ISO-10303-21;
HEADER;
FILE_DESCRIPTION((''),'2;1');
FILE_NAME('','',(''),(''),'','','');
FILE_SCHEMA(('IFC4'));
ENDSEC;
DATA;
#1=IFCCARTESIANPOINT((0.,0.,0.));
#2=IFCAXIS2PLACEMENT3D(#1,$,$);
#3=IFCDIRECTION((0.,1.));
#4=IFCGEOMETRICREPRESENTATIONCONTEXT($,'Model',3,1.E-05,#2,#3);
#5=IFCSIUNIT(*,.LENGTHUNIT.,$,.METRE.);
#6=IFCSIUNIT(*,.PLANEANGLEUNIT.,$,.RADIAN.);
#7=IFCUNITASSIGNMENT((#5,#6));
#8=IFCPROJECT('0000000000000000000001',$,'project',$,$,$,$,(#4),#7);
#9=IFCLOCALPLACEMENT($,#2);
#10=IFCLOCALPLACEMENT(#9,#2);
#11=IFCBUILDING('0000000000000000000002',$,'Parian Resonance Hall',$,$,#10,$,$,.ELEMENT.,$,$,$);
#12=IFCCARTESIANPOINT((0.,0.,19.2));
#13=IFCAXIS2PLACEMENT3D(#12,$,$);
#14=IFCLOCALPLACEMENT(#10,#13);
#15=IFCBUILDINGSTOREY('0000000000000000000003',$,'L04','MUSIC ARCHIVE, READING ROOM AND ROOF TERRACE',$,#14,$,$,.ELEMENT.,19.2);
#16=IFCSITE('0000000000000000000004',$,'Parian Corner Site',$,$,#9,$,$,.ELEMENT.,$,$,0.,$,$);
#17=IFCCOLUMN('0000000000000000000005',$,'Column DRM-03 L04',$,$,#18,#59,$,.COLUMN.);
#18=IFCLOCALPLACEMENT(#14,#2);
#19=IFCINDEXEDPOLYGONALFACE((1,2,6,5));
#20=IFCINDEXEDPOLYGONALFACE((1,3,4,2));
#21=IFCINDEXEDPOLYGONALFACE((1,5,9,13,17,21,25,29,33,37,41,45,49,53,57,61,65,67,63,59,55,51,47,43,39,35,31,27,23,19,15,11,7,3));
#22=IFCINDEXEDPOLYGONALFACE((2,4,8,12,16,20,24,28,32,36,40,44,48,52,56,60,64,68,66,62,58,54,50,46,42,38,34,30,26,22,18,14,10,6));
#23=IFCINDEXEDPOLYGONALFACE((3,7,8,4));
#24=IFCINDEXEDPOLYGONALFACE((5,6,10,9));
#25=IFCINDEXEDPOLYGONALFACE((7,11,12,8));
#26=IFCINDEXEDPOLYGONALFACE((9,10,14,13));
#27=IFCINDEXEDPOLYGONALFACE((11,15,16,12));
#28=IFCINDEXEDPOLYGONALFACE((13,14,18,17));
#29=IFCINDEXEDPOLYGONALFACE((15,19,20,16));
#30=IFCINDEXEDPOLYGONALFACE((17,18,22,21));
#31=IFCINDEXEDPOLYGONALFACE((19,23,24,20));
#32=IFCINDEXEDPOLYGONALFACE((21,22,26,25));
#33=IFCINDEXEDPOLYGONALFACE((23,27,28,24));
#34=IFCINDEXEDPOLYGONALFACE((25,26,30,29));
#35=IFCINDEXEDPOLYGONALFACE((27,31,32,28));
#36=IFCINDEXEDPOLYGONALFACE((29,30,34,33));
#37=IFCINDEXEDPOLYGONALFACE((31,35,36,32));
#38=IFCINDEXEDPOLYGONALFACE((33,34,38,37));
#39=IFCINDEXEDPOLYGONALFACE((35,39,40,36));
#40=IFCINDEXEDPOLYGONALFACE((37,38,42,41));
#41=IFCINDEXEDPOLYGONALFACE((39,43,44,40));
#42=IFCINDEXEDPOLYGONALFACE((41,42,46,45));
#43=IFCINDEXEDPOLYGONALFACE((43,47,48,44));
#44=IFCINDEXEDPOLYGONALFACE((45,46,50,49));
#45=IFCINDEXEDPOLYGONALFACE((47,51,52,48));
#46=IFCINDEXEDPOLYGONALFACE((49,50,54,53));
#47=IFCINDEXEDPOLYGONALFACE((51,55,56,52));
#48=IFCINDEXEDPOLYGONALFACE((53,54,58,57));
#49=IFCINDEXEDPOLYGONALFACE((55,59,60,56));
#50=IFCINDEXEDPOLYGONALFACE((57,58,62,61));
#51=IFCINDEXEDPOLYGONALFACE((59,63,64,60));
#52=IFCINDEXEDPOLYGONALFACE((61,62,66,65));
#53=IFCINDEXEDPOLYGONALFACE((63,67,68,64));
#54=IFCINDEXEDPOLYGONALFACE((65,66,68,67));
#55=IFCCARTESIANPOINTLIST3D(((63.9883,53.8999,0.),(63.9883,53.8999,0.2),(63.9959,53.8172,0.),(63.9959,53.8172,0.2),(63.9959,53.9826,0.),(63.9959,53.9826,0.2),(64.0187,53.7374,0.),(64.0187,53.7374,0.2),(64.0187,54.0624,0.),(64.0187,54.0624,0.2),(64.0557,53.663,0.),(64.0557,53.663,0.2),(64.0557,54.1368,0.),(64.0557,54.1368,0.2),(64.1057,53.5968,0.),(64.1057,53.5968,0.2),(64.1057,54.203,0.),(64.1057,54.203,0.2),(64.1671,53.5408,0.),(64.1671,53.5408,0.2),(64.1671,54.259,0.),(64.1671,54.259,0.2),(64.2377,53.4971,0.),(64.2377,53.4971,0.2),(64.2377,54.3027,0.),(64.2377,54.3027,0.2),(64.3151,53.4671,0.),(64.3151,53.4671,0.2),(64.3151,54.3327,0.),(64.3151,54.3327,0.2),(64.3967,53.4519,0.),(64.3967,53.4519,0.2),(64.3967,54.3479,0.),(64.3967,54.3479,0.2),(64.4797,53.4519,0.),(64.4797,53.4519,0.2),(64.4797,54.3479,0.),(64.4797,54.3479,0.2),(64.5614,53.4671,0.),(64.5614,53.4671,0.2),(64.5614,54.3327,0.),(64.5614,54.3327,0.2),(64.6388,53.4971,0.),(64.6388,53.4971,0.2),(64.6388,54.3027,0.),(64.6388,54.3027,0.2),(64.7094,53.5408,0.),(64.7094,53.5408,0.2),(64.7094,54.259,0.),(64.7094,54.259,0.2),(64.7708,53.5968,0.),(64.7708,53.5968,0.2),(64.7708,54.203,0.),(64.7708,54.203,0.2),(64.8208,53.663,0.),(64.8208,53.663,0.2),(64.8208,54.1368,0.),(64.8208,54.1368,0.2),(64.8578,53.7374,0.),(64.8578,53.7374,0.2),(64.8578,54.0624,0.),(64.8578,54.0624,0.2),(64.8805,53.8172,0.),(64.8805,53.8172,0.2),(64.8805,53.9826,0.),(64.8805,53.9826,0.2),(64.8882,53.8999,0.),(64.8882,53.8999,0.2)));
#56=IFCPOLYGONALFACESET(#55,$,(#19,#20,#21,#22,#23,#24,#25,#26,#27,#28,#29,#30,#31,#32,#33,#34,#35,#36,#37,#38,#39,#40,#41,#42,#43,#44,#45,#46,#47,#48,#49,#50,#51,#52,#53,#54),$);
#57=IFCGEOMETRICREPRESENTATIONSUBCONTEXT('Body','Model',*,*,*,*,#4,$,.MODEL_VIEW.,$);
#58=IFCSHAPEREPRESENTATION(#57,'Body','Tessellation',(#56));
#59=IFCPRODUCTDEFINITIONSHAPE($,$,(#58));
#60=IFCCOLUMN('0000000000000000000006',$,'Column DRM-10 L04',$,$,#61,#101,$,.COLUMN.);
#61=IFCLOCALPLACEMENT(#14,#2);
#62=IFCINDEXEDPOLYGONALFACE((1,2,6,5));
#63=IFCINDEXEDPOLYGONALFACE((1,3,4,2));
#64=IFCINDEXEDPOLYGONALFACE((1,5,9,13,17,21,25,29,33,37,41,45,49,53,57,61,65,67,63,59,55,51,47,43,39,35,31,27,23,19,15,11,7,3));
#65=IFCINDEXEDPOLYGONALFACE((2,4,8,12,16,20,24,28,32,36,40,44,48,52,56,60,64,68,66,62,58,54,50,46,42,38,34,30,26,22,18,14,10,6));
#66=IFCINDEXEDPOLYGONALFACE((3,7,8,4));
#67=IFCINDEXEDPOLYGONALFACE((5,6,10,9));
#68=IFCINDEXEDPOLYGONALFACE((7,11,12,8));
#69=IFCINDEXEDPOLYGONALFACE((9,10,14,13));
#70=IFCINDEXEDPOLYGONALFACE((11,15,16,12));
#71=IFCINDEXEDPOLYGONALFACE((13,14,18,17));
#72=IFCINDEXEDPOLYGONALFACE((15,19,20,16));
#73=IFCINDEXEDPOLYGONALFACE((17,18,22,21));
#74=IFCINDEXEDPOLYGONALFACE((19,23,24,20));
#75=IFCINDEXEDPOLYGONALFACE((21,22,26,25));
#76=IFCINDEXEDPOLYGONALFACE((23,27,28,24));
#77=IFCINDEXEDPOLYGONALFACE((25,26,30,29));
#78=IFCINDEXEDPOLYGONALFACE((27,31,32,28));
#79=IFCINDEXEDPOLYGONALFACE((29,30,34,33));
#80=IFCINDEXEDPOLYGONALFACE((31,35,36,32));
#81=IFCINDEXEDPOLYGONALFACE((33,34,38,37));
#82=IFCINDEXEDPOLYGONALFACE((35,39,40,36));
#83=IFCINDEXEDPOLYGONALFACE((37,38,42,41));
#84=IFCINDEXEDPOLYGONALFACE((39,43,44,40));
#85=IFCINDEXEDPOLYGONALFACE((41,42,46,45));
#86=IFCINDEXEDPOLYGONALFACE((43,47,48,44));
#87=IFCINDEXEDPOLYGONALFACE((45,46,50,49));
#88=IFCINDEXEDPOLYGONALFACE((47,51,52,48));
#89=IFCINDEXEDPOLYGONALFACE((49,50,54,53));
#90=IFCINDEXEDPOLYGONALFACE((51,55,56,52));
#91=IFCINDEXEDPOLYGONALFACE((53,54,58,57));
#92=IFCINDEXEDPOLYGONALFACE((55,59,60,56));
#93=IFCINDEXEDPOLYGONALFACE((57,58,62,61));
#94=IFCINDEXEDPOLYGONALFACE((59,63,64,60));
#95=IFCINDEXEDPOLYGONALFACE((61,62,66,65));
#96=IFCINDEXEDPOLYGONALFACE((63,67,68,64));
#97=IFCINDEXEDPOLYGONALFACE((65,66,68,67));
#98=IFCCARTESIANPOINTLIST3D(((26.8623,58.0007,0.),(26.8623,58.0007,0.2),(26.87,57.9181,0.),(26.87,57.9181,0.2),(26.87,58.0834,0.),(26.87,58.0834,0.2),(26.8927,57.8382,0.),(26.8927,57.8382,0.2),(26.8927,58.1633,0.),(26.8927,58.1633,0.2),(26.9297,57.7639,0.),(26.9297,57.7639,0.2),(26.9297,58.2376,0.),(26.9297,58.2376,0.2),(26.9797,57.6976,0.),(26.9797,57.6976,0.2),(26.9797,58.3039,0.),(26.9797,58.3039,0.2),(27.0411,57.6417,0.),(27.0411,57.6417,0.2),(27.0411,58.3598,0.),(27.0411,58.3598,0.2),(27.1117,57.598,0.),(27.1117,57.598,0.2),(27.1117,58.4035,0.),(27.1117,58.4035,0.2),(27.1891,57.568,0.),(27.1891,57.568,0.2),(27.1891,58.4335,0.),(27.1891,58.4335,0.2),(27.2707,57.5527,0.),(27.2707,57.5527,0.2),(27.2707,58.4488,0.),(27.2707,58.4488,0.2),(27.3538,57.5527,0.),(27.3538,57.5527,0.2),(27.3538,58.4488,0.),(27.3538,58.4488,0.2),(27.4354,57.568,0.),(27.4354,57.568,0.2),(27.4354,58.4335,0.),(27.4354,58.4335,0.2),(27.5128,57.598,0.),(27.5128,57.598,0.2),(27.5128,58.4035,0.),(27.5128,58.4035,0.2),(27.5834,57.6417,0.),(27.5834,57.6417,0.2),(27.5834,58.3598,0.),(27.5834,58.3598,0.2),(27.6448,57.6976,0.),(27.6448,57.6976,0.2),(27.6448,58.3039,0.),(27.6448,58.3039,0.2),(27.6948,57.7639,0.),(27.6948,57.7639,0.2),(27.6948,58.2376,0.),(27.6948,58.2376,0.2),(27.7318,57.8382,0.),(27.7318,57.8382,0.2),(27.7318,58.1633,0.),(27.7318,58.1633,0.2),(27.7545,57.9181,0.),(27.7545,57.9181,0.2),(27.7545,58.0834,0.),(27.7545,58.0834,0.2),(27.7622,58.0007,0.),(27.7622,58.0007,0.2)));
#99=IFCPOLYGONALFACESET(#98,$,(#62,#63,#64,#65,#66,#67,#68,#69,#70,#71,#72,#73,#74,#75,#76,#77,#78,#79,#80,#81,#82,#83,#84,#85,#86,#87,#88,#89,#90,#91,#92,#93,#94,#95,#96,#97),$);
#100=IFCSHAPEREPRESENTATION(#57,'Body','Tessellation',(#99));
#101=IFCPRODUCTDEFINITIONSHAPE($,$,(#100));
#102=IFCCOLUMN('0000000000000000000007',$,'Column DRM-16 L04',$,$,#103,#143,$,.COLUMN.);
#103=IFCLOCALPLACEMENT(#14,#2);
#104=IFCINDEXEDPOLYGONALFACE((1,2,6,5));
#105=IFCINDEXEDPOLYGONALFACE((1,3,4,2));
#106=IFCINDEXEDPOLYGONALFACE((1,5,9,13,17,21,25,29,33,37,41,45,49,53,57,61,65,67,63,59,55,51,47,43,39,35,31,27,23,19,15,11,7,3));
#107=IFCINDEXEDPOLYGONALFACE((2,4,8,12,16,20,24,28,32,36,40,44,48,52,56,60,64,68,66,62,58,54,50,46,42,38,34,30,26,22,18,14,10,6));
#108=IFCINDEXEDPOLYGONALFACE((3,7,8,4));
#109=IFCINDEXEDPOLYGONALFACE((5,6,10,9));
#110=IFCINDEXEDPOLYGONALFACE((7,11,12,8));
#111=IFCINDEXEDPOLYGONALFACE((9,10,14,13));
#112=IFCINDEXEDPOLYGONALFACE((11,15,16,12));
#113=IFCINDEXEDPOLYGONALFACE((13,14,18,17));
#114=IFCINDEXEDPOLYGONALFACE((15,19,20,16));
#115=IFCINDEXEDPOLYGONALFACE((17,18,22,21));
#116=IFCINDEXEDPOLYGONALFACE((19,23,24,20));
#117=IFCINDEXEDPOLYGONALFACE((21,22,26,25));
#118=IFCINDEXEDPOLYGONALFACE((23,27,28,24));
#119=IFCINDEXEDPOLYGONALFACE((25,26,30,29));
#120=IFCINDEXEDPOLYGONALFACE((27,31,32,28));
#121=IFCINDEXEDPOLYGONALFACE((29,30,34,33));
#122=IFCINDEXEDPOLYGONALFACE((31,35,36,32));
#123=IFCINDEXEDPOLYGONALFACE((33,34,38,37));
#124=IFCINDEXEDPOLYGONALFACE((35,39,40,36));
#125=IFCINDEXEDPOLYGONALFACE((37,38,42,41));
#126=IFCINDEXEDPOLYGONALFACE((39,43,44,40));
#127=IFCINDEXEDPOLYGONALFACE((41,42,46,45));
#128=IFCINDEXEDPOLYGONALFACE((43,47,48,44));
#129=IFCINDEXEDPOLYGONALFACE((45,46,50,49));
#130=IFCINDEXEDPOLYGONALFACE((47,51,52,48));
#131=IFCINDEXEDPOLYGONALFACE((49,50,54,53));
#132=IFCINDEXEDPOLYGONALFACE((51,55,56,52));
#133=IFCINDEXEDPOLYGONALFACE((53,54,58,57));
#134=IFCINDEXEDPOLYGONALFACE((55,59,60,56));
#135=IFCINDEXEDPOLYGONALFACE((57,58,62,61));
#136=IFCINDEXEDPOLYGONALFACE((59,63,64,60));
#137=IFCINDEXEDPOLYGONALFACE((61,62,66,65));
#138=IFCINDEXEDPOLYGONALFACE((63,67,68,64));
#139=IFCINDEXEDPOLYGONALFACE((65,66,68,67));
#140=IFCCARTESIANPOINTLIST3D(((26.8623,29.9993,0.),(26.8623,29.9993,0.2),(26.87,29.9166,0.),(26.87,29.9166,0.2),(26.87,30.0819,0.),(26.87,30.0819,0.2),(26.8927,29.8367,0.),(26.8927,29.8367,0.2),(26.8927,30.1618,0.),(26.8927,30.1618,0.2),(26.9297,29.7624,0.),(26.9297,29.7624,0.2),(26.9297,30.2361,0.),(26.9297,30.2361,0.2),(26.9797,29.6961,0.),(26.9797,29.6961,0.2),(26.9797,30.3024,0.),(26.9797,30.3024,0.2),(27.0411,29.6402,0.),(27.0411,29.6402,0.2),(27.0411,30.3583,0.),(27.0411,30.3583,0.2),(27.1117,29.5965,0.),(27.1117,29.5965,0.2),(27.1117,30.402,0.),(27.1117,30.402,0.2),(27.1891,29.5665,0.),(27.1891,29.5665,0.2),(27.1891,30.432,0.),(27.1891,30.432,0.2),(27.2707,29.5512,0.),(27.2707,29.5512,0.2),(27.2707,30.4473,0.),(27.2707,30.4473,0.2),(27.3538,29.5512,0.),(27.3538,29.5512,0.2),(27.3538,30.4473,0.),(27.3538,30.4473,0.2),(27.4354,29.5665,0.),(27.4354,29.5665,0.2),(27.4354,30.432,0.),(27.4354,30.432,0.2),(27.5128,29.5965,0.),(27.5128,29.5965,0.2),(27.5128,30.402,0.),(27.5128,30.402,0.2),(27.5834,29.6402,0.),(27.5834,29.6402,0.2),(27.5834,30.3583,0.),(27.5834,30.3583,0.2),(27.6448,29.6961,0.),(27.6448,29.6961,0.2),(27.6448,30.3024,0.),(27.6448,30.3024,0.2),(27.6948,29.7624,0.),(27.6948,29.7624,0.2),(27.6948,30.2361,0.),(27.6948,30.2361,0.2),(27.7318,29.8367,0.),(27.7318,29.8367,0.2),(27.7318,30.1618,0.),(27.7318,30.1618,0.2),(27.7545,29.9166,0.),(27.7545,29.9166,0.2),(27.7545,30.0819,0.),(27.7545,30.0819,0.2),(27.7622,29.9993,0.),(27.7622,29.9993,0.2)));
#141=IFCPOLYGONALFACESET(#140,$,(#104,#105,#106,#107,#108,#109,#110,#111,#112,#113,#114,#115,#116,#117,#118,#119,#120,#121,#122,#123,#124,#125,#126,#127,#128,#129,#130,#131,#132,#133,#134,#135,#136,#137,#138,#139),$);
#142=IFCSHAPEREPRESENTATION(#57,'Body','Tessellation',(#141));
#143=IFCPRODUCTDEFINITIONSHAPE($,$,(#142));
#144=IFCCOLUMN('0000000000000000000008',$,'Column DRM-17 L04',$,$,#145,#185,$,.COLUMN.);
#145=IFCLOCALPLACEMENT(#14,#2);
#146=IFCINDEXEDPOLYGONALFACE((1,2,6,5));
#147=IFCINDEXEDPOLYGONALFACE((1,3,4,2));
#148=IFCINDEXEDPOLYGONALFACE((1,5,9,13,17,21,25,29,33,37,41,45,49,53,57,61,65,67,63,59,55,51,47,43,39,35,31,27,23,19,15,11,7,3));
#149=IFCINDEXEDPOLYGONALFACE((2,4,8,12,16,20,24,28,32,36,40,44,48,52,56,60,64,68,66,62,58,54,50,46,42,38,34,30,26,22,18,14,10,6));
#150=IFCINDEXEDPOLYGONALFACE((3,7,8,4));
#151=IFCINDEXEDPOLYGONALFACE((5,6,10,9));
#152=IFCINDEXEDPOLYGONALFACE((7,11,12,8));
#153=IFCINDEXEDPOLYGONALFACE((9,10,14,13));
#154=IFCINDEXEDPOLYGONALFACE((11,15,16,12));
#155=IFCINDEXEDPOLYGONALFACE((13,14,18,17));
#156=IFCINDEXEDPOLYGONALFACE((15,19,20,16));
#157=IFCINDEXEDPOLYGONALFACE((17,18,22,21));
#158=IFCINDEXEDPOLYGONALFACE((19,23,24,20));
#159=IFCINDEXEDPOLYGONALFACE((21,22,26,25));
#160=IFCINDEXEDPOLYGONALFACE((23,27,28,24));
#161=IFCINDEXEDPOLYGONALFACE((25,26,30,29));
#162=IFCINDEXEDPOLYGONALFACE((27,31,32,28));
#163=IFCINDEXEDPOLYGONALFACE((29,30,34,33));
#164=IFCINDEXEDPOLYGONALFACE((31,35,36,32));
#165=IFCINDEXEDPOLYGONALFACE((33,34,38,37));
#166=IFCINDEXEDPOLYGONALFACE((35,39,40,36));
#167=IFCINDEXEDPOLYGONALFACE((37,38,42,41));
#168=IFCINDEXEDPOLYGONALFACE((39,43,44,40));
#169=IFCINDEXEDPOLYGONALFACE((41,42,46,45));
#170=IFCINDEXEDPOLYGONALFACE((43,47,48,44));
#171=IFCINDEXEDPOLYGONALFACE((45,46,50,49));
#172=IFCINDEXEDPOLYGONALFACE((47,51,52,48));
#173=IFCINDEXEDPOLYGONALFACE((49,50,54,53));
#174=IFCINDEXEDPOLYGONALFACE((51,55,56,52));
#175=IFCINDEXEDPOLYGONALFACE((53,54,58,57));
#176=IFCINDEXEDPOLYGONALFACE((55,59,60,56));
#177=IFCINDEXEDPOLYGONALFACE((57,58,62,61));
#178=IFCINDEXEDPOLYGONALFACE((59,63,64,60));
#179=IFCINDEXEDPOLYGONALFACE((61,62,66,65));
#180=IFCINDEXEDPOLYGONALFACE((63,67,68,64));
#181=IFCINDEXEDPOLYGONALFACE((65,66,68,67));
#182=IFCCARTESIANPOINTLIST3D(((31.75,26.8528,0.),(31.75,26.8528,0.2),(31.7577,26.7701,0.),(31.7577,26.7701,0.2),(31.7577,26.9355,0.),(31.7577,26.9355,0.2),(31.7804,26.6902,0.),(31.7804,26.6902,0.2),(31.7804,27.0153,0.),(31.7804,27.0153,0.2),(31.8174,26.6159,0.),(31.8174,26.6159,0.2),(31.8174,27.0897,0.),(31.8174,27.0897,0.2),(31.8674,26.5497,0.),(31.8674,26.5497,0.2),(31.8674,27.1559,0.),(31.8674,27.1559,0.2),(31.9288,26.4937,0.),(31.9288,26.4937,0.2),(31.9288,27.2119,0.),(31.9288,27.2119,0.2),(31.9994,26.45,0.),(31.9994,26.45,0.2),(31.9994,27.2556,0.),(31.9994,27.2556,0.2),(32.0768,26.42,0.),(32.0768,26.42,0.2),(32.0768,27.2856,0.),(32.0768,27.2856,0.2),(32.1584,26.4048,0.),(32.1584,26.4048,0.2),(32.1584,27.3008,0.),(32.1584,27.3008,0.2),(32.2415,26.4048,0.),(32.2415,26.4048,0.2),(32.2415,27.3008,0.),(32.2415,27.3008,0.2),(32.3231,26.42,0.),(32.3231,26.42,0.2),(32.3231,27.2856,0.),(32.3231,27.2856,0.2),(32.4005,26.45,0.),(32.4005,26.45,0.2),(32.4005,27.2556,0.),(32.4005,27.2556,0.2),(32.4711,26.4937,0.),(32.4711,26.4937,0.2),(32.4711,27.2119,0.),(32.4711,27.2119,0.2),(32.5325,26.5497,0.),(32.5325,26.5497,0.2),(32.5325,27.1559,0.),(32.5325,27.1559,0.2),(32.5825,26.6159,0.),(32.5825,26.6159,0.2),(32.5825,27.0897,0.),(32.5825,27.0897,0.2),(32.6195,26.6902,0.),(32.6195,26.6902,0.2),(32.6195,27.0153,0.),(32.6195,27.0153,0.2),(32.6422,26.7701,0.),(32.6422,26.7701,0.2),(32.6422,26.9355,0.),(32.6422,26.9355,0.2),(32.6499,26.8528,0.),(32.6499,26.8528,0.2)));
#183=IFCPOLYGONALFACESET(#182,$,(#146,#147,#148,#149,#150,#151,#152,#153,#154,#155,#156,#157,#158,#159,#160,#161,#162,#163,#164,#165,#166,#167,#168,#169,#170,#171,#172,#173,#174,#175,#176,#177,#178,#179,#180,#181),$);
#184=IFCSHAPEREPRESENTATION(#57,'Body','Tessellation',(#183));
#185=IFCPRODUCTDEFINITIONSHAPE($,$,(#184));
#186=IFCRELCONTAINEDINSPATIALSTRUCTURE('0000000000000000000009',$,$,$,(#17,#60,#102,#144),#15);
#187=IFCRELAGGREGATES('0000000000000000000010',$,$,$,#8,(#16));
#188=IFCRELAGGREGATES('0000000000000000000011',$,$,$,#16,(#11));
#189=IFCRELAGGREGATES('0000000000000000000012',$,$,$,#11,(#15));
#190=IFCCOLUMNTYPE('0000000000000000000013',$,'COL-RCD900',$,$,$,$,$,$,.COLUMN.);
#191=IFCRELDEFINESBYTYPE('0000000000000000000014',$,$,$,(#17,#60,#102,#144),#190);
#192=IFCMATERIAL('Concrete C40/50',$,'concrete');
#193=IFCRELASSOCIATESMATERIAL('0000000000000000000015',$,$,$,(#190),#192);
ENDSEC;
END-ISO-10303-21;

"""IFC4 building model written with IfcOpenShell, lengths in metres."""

from ifc_helpers import new_model, si_unit, direction, frame, origin, origin_2d, place, context, subcontext, project, spatial, circle, extrude, material, material_profile, profile_set, type_object, element, save


model = new_model("IFC4")

# Units and contexts
model_context = context("Model", 3, precision=1e-05, world=origin(), true_north=direction((0.0, 1.0)))
body_context = subcontext(model_context, "Body", "Model", "MODEL_VIEW")
ifc_project = project(units=[si_unit("LENGTHUNIT", "METRE"), si_unit("PLANEANGLEUNIT", "RADIAN")], contexts=[model_context])

# Site, building, storey
site_placement = place(None, origin())
site = spatial("IfcSite", under=ifc_project, at=site_placement, Name="Parian Corner Site", CompositionType="ELEMENT", RefElevation=0.0)
building_placement = place(site_placement, origin())
building = spatial("IfcBuilding", under=site, at=building_placement, Name="Parian Resonance Hall", CompositionType="ELEMENT")
storey_placement = place(building_placement, frame((0.0, 0.0, 19.2)))
storey = spatial("IfcBuildingStorey", under=building, at=storey_placement, Name="L04", Description="MUSIC ARCHIVE, READING ROOM AND ROOF TERRACE", CompositionType="ELEMENT", Elevation=19.2)

# Columns
ifc_material_1 = material(Name="Concrete C40/50", Category="concrete")
ifc_material_profile_1 = material_profile(ifc_material_1, circle(Radius=0.45, at=origin_2d()), Name="RC-COL-D900")
ifc_profile_set_1 = profile_set([ifc_material_profile_1], Name="Concrete C40/50")
column_type = type_object("IfcColumnType", Name="COL-RCD900", PredefinedType="COLUMN", material=ifc_profile_set_1)
for number, where, z_axis, x_axis, name in (
    (1, (64.4382, 53.8999, 0.0), (0.0, 0.0, 1.0), (1.0, 0.0, 0.0), "Column DRM-03 L04"),
    (2, (27.3123, 58.0007, 0.0), (0.0, 0.0, 1.0), (1.0, 0.0, 0.0), "Column DRM-10 L04"),
    (3, (27.3123, 29.9993, 0.0), (0.0, 0.0, 1.0), (1.0, 0.0, 0.0), "Column DRM-16 L04"),
    (4, (32.2, 26.8528, 0.0), (0.0, 0.0, 1.0), (1.0, 0.0, 0.0), "Column DRM-17 L04"),
):
    element("IfcColumn", number, at=place(storey_placement, frame(where, z_axis=z_axis, x_axis=x_axis)), inside=storey, type_object=column_type, Name=name, PredefinedType="COLUMN", context=body_context, shape_type="SweptSolid", body=[
        extrude(circle(Radius=0.45, at=origin_2d()), origin(), (0.0, 0.0, 1.0), 0.2),
    ])

save(model, "model.ifc")
